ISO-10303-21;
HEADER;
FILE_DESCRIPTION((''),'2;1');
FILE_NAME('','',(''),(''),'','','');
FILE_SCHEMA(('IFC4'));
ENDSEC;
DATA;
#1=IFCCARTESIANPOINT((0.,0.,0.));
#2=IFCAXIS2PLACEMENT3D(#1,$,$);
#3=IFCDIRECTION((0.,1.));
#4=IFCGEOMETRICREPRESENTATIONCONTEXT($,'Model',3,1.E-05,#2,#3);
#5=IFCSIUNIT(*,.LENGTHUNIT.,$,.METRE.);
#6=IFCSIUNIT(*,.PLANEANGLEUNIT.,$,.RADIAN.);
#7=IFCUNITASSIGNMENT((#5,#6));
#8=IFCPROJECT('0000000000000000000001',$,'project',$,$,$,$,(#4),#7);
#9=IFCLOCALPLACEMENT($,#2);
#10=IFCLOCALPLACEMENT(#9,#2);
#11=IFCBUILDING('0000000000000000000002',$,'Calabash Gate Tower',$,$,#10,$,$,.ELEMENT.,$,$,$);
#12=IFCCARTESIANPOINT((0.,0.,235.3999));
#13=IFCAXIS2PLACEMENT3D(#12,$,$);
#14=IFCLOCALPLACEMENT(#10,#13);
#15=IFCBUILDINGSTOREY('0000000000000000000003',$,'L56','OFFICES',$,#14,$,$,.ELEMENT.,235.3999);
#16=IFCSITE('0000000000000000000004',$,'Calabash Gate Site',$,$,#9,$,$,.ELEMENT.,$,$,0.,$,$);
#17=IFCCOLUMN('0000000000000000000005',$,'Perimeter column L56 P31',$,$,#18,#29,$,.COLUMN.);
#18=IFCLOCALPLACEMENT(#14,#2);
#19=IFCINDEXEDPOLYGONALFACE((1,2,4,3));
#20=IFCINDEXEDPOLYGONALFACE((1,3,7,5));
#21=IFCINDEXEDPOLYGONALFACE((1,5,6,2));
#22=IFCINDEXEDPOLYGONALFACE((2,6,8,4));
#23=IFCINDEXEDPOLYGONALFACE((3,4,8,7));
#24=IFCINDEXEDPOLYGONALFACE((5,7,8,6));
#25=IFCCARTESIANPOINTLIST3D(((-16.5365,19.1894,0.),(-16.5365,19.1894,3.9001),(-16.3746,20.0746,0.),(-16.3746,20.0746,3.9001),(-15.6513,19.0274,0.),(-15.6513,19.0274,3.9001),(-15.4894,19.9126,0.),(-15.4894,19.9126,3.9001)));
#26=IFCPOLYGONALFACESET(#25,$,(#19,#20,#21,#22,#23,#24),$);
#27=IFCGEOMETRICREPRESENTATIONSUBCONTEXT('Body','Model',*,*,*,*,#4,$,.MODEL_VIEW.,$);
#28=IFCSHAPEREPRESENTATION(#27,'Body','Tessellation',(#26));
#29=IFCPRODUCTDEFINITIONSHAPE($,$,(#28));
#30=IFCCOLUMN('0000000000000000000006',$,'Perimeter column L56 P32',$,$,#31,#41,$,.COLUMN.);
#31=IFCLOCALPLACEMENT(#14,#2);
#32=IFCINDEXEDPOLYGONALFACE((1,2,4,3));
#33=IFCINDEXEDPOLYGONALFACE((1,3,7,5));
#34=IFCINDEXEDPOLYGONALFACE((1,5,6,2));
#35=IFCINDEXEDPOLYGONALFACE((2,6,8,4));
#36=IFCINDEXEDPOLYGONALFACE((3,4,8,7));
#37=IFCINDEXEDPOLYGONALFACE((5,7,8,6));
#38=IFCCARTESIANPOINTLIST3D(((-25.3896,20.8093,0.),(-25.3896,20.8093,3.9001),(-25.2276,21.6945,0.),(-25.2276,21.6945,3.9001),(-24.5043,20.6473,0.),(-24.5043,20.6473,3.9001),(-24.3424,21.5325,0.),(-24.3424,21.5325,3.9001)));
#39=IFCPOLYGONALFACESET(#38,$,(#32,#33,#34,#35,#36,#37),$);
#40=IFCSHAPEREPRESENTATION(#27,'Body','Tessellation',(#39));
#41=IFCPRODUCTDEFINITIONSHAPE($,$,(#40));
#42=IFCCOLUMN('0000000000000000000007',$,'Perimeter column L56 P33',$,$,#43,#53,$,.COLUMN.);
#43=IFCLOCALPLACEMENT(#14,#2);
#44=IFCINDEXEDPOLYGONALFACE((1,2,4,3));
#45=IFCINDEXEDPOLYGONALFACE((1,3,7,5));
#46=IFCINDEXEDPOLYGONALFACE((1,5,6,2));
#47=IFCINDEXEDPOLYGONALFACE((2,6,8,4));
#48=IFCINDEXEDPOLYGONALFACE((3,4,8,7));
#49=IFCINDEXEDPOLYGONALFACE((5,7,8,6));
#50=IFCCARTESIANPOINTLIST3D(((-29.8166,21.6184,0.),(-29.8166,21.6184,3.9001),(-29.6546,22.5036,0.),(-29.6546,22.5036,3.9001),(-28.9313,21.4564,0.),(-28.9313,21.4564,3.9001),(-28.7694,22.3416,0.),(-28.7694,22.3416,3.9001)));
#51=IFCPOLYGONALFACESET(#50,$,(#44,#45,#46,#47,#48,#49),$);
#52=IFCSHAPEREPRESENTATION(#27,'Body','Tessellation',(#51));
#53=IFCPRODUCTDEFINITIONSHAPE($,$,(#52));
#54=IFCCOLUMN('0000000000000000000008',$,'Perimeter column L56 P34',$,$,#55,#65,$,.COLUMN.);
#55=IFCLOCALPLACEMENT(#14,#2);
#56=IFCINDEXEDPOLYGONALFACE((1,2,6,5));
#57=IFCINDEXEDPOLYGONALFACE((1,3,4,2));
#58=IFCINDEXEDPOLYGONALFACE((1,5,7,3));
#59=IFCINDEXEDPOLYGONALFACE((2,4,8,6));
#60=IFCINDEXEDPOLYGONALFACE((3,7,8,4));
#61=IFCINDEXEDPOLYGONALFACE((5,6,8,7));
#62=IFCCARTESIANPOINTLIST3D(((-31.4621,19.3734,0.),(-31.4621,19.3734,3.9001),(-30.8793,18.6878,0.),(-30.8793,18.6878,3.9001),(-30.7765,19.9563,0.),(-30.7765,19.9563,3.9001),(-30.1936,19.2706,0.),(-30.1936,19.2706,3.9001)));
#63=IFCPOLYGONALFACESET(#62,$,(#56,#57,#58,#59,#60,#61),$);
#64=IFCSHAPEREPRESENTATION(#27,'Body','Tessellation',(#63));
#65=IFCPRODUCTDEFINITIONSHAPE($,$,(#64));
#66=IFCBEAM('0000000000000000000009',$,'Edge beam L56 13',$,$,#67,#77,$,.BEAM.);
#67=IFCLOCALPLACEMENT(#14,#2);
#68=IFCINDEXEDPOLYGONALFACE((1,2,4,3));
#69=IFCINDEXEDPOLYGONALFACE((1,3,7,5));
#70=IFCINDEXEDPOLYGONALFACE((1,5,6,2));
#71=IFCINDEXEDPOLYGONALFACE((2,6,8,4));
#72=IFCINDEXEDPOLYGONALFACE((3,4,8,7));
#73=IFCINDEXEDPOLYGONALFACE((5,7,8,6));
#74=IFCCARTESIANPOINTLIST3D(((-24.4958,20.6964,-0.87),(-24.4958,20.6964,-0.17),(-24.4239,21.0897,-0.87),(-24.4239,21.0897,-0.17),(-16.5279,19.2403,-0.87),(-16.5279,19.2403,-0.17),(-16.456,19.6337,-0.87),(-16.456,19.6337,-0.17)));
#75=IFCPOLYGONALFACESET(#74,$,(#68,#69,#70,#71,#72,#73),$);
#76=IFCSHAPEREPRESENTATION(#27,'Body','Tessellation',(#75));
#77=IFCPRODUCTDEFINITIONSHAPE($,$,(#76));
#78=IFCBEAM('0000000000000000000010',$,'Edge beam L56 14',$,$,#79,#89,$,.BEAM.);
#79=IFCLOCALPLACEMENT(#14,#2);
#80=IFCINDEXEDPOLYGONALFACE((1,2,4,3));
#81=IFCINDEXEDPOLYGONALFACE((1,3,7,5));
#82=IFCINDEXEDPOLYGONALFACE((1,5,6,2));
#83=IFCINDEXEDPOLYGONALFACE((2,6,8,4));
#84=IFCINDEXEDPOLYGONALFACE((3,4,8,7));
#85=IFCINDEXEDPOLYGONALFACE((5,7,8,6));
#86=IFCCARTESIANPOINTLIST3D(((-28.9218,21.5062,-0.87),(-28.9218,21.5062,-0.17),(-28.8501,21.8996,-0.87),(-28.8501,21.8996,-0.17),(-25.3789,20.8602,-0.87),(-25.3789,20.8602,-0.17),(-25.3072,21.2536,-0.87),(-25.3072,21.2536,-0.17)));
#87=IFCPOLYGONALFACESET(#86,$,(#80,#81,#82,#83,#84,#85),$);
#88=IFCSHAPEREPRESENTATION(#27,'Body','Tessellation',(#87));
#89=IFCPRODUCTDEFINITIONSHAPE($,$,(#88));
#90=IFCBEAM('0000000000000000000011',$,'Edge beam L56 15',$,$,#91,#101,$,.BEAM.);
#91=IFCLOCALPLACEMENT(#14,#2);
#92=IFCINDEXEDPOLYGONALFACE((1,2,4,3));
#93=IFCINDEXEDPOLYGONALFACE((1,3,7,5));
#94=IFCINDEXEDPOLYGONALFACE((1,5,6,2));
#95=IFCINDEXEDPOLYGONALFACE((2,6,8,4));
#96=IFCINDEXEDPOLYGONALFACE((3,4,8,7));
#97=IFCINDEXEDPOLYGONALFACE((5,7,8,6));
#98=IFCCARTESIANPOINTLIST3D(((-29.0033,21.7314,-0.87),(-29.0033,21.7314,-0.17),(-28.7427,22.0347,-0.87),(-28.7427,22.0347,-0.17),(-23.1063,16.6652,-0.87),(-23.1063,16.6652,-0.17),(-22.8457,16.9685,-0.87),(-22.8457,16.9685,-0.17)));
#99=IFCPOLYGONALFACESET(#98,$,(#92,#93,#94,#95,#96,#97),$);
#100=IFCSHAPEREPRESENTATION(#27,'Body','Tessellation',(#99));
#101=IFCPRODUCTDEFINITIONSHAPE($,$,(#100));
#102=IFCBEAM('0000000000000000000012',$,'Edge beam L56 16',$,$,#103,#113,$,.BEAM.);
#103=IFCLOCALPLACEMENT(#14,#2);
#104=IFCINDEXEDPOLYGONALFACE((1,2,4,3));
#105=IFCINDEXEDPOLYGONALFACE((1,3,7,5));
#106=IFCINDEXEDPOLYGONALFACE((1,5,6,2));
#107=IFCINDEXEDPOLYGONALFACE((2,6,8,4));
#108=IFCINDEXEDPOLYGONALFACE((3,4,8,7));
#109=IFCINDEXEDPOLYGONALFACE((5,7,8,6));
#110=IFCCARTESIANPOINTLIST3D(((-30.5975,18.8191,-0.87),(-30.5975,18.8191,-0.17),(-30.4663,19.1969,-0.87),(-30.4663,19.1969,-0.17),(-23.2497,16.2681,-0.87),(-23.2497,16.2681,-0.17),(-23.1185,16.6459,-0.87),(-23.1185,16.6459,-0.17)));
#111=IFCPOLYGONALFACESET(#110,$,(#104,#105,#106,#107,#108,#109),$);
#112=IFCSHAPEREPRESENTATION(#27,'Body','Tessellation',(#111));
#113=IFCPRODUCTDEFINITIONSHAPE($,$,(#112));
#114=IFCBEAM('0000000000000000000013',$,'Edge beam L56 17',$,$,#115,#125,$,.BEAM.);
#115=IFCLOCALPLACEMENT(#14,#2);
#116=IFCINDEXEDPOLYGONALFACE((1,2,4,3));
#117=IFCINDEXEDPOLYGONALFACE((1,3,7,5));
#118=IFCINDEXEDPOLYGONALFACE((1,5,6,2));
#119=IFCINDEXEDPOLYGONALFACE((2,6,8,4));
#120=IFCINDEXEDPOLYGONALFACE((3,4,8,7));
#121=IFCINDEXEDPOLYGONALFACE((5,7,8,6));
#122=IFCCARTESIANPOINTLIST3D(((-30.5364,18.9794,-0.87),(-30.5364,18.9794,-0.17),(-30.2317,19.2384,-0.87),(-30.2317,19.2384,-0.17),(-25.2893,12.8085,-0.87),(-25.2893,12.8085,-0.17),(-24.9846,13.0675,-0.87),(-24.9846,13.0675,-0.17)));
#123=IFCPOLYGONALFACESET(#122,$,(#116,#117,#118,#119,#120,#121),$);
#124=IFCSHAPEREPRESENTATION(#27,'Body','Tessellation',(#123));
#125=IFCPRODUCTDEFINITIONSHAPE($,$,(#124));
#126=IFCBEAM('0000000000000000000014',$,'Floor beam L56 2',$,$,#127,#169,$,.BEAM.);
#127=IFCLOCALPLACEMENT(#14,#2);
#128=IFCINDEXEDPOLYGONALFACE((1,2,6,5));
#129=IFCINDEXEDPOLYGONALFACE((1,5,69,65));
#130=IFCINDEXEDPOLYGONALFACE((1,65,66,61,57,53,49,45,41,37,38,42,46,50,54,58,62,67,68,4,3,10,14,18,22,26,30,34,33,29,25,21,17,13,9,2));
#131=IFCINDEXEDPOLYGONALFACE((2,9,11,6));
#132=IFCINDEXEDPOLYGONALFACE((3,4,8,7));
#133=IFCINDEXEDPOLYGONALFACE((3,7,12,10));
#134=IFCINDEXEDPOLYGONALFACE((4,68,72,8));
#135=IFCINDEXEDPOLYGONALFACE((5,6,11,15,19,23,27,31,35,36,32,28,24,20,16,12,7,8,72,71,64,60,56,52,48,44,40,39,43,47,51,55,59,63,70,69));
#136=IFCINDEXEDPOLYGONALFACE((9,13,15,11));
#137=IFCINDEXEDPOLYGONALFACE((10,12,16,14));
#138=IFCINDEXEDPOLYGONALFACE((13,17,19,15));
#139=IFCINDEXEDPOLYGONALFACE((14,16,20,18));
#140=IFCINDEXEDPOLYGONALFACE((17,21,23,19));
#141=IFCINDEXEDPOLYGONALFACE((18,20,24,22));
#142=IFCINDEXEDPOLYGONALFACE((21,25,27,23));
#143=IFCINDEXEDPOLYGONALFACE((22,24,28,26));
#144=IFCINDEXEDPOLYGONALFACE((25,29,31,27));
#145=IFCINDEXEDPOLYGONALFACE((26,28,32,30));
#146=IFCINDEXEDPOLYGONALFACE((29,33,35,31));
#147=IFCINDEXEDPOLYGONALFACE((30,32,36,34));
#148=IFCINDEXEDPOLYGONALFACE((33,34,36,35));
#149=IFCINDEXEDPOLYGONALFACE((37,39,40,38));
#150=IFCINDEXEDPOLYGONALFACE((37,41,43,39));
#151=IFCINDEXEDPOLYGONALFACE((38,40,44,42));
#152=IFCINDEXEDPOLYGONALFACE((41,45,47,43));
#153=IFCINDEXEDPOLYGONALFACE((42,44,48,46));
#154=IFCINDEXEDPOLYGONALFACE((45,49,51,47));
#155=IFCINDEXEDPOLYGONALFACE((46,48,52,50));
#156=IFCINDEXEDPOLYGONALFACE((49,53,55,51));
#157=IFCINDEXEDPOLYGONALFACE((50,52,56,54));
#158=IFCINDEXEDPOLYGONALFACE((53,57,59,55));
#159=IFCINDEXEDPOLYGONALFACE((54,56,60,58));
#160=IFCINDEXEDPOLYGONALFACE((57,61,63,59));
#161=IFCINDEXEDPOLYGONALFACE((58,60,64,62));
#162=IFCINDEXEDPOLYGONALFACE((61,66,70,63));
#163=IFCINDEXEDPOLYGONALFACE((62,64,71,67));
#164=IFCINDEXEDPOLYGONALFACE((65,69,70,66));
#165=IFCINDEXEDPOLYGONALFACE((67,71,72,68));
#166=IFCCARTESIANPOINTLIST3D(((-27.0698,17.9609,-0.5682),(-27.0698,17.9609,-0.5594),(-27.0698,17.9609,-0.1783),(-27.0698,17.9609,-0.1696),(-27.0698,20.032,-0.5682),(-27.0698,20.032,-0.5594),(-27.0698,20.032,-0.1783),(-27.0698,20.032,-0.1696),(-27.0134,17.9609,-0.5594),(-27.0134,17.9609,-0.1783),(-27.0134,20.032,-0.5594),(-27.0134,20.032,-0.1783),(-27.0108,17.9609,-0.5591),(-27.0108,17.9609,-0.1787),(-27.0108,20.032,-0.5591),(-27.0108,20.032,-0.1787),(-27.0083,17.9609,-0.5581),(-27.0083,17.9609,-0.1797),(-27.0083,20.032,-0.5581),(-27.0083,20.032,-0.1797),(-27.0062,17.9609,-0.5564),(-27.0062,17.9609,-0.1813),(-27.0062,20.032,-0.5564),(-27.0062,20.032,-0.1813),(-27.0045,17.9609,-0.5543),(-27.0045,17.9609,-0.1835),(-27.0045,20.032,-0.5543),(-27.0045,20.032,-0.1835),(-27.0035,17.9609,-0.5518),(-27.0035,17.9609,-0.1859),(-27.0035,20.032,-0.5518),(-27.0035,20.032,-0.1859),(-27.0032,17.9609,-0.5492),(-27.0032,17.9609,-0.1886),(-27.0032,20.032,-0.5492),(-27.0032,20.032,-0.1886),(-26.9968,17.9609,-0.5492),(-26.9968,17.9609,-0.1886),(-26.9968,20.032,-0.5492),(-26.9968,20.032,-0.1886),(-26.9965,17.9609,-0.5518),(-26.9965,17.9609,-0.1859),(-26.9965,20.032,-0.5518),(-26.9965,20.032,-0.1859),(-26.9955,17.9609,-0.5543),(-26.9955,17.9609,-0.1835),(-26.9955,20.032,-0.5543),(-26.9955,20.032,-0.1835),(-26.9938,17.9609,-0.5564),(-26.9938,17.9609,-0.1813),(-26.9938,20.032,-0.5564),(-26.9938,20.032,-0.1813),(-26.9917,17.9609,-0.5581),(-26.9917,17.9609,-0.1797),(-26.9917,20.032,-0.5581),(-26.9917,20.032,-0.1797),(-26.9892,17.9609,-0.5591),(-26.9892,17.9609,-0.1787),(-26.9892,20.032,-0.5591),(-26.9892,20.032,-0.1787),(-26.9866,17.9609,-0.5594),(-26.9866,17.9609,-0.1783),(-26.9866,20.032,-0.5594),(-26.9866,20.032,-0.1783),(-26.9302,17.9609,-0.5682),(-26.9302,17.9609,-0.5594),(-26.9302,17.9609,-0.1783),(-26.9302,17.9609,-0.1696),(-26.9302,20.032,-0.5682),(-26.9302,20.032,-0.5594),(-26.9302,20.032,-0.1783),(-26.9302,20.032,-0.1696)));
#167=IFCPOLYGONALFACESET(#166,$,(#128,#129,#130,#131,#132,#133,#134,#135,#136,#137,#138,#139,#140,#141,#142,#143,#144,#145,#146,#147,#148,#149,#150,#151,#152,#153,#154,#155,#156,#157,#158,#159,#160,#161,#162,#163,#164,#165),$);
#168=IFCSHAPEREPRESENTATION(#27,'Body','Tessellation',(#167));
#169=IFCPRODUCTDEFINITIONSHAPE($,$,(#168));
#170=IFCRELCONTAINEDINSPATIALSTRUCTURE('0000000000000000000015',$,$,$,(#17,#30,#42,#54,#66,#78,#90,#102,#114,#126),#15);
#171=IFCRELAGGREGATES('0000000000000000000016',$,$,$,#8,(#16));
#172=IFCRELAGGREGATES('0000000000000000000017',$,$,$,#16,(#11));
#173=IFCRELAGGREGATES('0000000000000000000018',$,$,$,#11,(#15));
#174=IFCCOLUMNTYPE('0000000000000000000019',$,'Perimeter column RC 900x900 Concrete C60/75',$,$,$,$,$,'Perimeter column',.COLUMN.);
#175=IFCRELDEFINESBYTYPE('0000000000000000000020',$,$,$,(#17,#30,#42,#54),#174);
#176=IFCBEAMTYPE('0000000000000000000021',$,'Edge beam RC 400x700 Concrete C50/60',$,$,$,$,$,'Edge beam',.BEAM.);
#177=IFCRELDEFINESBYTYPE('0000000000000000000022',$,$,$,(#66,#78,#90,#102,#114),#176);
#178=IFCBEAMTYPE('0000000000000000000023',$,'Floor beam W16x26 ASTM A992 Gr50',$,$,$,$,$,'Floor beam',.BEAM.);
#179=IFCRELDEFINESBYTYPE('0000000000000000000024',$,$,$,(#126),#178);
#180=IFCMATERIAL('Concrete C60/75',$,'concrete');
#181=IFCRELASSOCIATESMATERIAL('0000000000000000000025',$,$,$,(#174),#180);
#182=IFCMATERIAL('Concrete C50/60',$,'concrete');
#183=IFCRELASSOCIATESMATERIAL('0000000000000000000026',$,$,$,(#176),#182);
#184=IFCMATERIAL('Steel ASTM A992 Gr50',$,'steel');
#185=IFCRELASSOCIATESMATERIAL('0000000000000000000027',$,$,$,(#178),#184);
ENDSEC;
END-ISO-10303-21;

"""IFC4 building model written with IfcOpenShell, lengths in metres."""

from ifc_helpers import new_model, si_unit, direction, frame, origin, origin_2d, place, context, subcontext, project, spatial, rectangle, i_section, extrude, material, material_profile, profile_set, type_object, element, save


model = new_model("IFC4")

# Units and contexts
model_context = context("Model", 3, precision=1e-05, world=origin(), true_north=direction((0.0, 1.0)))
body_context = subcontext(model_context, "Body", "Model", "MODEL_VIEW")
ifc_project = project(units=[si_unit("LENGTHUNIT", "METRE"), si_unit("PLANEANGLEUNIT", "RADIAN")], contexts=[model_context])

# Site, building, storey
site_placement = place(None, origin())
site = spatial("IfcSite", under=ifc_project, at=site_placement, Name="Calabash Gate Site", CompositionType="ELEMENT", RefElevation=0.0)
building_placement = place(site_placement, origin())
building = spatial("IfcBuilding", under=site, at=building_placement, Name="Calabash Gate Tower", CompositionType="ELEMENT")
storey_placement = place(building_placement, frame((0.0, 0.0, 235.3999)))
storey = spatial("IfcBuildingStorey", under=building, at=storey_placement, Name="L56", Description="OFFICES", CompositionType="ELEMENT", Elevation=235.3999)

# Columns
ifc_material_1 = material(Name="Concrete C60/75", Category="concrete")
ifc_material_profile_1 = material_profile(ifc_material_1, rectangle(XDim=0.8999, YDim=0.8999, at=origin_2d()))
ifc_profile_set_1 = profile_set([ifc_material_profile_1], Name="Concrete C60/75")
column_type = type_object("IfcColumnType", Name="Perimeter column RC 900x900 Concrete C60/75", ElementType="Perimeter column", PredefinedType="COLUMN", material=ifc_profile_set_1)
for number, where, z_axis, x_axis, name in (
    (1, (-16.0129, 19.551, 0.0), (0.0, 0.0, 1.0), (-0.98367, 0.179982, 0.0), "Perimeter column L56 P31"),
    (2, (-24.866, 21.1709, 0.0), (0.0, 0.0, 1.0), (-0.98367, 0.179982, 0.0), "Perimeter column L56 P32"),
    (3, (-29.293, 21.98, 0.0), (0.0, 0.0, 1.0), (-0.98367, 0.179982, 0.0), "Perimeter column L56 P33"),
    (4, (-30.8279, 19.322, 0.0), (0.0, 0.0, 1.0), (0.647704, -0.761892, 0.0), "Perimeter column L56 P34"),
):
    element("IfcColumn", number, at=place(storey_placement, frame(where, z_axis=z_axis, x_axis=x_axis)), inside=storey, type_object=column_type, Name=name, PredefinedType="COLUMN", context=body_context, shape_type="SweptSolid", body=[
        extrude(rectangle(XDim=0.8999, YDim=0.8999, at=origin_2d()), origin(), (0.0, 0.0, 1.0), 3.9001),
    ])

# Beams
ifc_material_2 = material(Name="Concrete C50/60", Category="concrete")
ifc_material_profile_2 = material_profile(ifc_material_2, rectangle(XDim=0.3999, YDim=0.7, at=origin_2d()))
ifc_profile_set_2 = profile_set([ifc_material_profile_2], Name="Concrete C50/60")
beam_type_1 = type_object("IfcBeamType", Name="Edge beam RC 400x700 Concrete C50/60", ElementType="Edge beam", PredefinedType="BEAM", material=ifc_profile_set_2)
beam_1_placement = place(storey_placement, frame((-16.4919, 19.437, -0.52), z_axis=(-0.98371, 0.179761, 0.0), x_axis=(-0.179761, -0.98371, 0.0)))
element("IfcBeam", 5, at=beam_1_placement, inside=storey, type_object=beam_type_1, Name="Edge beam L56 13", PredefinedType="BEAM", context=body_context, shape_type="SweptSolid", body=[
    extrude(rectangle(XDim=0.3999, YDim=0.7, at=origin_2d()), origin(), (0.0, 0.0, 1.0), 8.0999),
])
beam_2_placement = place(storey_placement, frame((-25.343, 21.0569, -0.52), z_axis=(-0.983781, 0.179375, 0.0), x_axis=(-0.179375, -0.983781, 0.0)))
element("IfcBeam", 6, at=beam_2_placement, inside=storey, type_object=beam_type_1, Name="Edge beam L56 14", PredefinedType="BEAM", context=body_context, shape_type="SweptSolid", body=[
    extrude(rectangle(XDim=0.3999, YDim=0.7, at=origin_2d()), origin(), (0.0, 0.0, 1.0), 3.6013),
])
beam_3_placement = place(storey_placement, frame((-28.873, 21.8831, -0.52), z_axis=(0.758518, -0.651652, 0.0), x_axis=(0.651652, 0.758518, 0.0)))
element("IfcBeam", 7, at=beam_3_placement, inside=storey, type_object=beam_type_1, Name="Edge beam L56 15", PredefinedType="BEAM", context=body_context, shape_type="SweptSolid", body=[
    extrude(rectangle(XDim=0.3999, YDim=0.7, at=origin_2d()), origin(), (0.0, 0.0, 1.0), 7.7744),
])
beam_4_placement = place(storey_placement, frame((-23.1841, 16.457, -0.52), z_axis=(-0.944687, 0.327974, 0.0), x_axis=(-0.327974, -0.944687, 0.0)))
element("IfcBeam", 8, at=beam_4_placement, inside=storey, type_object=beam_type_1, Name="Edge beam L56 16", PredefinedType="BEAM", context=body_context, shape_type="SweptSolid", body=[
    extrude(rectangle(XDim=0.3999, YDim=0.7, at=origin_2d()), origin(), (0.0, 0.0, 1.0), 7.7781),
])
beam_5_placement = place(storey_placement, frame((-30.384, 19.1089, -0.52), z_axis=(0.647778, -0.761829, 0.0), x_axis=(0.761829, 0.647778, 0.0)))
element("IfcBeam", 9, at=beam_5_placement, inside=storey, type_object=beam_type_1, Name="Edge beam L56 17", PredefinedType="BEAM", context=body_context, shape_type="SweptSolid", body=[
    extrude(rectangle(XDim=0.3999, YDim=0.7, at=origin_2d()), origin(), (0.0, 0.0, 1.0), 8.1001),
])
ifc_material_3 = material(Name="Steel ASTM A992 Gr50", Category="steel")
ifc_material_profile_3 = material_profile(ifc_material_3, i_section(OverallWidth=0.1396, OverallDepth=0.3987, WebThickness=0.0063, FlangeThickness=0.0088, FilletRadius=0.0103, at=origin_2d()))
ifc_profile_set_3 = profile_set([ifc_material_profile_3], Name="Steel ASTM A992 Gr50")
beam_type_2 = type_object("IfcBeamType", Name="Floor beam W16x26 ASTM A992 Gr50", ElementType="Floor beam", PredefinedType="BEAM", material=ifc_profile_set_3)
beam_6_placement = place(storey_placement, frame((-27.0, 17.9609, -0.3689), z_axis=(0.0, 1.0, 0.0), x_axis=(-1.0, 0.0, 0.0)))
element("IfcBeam", 10, at=beam_6_placement, inside=storey, type_object=beam_type_2, Name="Floor beam L56 2", PredefinedType="BEAM", context=body_context, shape_type="SweptSolid", body=[
    extrude(i_section(OverallWidth=0.1396, OverallDepth=0.3987, WebThickness=0.0063, FlangeThickness=0.0088, FilletRadius=0.0103, at=origin_2d()), origin(), (0.0, 0.0, 1.0), 2.071),
])

save(model, "model.ifc")
